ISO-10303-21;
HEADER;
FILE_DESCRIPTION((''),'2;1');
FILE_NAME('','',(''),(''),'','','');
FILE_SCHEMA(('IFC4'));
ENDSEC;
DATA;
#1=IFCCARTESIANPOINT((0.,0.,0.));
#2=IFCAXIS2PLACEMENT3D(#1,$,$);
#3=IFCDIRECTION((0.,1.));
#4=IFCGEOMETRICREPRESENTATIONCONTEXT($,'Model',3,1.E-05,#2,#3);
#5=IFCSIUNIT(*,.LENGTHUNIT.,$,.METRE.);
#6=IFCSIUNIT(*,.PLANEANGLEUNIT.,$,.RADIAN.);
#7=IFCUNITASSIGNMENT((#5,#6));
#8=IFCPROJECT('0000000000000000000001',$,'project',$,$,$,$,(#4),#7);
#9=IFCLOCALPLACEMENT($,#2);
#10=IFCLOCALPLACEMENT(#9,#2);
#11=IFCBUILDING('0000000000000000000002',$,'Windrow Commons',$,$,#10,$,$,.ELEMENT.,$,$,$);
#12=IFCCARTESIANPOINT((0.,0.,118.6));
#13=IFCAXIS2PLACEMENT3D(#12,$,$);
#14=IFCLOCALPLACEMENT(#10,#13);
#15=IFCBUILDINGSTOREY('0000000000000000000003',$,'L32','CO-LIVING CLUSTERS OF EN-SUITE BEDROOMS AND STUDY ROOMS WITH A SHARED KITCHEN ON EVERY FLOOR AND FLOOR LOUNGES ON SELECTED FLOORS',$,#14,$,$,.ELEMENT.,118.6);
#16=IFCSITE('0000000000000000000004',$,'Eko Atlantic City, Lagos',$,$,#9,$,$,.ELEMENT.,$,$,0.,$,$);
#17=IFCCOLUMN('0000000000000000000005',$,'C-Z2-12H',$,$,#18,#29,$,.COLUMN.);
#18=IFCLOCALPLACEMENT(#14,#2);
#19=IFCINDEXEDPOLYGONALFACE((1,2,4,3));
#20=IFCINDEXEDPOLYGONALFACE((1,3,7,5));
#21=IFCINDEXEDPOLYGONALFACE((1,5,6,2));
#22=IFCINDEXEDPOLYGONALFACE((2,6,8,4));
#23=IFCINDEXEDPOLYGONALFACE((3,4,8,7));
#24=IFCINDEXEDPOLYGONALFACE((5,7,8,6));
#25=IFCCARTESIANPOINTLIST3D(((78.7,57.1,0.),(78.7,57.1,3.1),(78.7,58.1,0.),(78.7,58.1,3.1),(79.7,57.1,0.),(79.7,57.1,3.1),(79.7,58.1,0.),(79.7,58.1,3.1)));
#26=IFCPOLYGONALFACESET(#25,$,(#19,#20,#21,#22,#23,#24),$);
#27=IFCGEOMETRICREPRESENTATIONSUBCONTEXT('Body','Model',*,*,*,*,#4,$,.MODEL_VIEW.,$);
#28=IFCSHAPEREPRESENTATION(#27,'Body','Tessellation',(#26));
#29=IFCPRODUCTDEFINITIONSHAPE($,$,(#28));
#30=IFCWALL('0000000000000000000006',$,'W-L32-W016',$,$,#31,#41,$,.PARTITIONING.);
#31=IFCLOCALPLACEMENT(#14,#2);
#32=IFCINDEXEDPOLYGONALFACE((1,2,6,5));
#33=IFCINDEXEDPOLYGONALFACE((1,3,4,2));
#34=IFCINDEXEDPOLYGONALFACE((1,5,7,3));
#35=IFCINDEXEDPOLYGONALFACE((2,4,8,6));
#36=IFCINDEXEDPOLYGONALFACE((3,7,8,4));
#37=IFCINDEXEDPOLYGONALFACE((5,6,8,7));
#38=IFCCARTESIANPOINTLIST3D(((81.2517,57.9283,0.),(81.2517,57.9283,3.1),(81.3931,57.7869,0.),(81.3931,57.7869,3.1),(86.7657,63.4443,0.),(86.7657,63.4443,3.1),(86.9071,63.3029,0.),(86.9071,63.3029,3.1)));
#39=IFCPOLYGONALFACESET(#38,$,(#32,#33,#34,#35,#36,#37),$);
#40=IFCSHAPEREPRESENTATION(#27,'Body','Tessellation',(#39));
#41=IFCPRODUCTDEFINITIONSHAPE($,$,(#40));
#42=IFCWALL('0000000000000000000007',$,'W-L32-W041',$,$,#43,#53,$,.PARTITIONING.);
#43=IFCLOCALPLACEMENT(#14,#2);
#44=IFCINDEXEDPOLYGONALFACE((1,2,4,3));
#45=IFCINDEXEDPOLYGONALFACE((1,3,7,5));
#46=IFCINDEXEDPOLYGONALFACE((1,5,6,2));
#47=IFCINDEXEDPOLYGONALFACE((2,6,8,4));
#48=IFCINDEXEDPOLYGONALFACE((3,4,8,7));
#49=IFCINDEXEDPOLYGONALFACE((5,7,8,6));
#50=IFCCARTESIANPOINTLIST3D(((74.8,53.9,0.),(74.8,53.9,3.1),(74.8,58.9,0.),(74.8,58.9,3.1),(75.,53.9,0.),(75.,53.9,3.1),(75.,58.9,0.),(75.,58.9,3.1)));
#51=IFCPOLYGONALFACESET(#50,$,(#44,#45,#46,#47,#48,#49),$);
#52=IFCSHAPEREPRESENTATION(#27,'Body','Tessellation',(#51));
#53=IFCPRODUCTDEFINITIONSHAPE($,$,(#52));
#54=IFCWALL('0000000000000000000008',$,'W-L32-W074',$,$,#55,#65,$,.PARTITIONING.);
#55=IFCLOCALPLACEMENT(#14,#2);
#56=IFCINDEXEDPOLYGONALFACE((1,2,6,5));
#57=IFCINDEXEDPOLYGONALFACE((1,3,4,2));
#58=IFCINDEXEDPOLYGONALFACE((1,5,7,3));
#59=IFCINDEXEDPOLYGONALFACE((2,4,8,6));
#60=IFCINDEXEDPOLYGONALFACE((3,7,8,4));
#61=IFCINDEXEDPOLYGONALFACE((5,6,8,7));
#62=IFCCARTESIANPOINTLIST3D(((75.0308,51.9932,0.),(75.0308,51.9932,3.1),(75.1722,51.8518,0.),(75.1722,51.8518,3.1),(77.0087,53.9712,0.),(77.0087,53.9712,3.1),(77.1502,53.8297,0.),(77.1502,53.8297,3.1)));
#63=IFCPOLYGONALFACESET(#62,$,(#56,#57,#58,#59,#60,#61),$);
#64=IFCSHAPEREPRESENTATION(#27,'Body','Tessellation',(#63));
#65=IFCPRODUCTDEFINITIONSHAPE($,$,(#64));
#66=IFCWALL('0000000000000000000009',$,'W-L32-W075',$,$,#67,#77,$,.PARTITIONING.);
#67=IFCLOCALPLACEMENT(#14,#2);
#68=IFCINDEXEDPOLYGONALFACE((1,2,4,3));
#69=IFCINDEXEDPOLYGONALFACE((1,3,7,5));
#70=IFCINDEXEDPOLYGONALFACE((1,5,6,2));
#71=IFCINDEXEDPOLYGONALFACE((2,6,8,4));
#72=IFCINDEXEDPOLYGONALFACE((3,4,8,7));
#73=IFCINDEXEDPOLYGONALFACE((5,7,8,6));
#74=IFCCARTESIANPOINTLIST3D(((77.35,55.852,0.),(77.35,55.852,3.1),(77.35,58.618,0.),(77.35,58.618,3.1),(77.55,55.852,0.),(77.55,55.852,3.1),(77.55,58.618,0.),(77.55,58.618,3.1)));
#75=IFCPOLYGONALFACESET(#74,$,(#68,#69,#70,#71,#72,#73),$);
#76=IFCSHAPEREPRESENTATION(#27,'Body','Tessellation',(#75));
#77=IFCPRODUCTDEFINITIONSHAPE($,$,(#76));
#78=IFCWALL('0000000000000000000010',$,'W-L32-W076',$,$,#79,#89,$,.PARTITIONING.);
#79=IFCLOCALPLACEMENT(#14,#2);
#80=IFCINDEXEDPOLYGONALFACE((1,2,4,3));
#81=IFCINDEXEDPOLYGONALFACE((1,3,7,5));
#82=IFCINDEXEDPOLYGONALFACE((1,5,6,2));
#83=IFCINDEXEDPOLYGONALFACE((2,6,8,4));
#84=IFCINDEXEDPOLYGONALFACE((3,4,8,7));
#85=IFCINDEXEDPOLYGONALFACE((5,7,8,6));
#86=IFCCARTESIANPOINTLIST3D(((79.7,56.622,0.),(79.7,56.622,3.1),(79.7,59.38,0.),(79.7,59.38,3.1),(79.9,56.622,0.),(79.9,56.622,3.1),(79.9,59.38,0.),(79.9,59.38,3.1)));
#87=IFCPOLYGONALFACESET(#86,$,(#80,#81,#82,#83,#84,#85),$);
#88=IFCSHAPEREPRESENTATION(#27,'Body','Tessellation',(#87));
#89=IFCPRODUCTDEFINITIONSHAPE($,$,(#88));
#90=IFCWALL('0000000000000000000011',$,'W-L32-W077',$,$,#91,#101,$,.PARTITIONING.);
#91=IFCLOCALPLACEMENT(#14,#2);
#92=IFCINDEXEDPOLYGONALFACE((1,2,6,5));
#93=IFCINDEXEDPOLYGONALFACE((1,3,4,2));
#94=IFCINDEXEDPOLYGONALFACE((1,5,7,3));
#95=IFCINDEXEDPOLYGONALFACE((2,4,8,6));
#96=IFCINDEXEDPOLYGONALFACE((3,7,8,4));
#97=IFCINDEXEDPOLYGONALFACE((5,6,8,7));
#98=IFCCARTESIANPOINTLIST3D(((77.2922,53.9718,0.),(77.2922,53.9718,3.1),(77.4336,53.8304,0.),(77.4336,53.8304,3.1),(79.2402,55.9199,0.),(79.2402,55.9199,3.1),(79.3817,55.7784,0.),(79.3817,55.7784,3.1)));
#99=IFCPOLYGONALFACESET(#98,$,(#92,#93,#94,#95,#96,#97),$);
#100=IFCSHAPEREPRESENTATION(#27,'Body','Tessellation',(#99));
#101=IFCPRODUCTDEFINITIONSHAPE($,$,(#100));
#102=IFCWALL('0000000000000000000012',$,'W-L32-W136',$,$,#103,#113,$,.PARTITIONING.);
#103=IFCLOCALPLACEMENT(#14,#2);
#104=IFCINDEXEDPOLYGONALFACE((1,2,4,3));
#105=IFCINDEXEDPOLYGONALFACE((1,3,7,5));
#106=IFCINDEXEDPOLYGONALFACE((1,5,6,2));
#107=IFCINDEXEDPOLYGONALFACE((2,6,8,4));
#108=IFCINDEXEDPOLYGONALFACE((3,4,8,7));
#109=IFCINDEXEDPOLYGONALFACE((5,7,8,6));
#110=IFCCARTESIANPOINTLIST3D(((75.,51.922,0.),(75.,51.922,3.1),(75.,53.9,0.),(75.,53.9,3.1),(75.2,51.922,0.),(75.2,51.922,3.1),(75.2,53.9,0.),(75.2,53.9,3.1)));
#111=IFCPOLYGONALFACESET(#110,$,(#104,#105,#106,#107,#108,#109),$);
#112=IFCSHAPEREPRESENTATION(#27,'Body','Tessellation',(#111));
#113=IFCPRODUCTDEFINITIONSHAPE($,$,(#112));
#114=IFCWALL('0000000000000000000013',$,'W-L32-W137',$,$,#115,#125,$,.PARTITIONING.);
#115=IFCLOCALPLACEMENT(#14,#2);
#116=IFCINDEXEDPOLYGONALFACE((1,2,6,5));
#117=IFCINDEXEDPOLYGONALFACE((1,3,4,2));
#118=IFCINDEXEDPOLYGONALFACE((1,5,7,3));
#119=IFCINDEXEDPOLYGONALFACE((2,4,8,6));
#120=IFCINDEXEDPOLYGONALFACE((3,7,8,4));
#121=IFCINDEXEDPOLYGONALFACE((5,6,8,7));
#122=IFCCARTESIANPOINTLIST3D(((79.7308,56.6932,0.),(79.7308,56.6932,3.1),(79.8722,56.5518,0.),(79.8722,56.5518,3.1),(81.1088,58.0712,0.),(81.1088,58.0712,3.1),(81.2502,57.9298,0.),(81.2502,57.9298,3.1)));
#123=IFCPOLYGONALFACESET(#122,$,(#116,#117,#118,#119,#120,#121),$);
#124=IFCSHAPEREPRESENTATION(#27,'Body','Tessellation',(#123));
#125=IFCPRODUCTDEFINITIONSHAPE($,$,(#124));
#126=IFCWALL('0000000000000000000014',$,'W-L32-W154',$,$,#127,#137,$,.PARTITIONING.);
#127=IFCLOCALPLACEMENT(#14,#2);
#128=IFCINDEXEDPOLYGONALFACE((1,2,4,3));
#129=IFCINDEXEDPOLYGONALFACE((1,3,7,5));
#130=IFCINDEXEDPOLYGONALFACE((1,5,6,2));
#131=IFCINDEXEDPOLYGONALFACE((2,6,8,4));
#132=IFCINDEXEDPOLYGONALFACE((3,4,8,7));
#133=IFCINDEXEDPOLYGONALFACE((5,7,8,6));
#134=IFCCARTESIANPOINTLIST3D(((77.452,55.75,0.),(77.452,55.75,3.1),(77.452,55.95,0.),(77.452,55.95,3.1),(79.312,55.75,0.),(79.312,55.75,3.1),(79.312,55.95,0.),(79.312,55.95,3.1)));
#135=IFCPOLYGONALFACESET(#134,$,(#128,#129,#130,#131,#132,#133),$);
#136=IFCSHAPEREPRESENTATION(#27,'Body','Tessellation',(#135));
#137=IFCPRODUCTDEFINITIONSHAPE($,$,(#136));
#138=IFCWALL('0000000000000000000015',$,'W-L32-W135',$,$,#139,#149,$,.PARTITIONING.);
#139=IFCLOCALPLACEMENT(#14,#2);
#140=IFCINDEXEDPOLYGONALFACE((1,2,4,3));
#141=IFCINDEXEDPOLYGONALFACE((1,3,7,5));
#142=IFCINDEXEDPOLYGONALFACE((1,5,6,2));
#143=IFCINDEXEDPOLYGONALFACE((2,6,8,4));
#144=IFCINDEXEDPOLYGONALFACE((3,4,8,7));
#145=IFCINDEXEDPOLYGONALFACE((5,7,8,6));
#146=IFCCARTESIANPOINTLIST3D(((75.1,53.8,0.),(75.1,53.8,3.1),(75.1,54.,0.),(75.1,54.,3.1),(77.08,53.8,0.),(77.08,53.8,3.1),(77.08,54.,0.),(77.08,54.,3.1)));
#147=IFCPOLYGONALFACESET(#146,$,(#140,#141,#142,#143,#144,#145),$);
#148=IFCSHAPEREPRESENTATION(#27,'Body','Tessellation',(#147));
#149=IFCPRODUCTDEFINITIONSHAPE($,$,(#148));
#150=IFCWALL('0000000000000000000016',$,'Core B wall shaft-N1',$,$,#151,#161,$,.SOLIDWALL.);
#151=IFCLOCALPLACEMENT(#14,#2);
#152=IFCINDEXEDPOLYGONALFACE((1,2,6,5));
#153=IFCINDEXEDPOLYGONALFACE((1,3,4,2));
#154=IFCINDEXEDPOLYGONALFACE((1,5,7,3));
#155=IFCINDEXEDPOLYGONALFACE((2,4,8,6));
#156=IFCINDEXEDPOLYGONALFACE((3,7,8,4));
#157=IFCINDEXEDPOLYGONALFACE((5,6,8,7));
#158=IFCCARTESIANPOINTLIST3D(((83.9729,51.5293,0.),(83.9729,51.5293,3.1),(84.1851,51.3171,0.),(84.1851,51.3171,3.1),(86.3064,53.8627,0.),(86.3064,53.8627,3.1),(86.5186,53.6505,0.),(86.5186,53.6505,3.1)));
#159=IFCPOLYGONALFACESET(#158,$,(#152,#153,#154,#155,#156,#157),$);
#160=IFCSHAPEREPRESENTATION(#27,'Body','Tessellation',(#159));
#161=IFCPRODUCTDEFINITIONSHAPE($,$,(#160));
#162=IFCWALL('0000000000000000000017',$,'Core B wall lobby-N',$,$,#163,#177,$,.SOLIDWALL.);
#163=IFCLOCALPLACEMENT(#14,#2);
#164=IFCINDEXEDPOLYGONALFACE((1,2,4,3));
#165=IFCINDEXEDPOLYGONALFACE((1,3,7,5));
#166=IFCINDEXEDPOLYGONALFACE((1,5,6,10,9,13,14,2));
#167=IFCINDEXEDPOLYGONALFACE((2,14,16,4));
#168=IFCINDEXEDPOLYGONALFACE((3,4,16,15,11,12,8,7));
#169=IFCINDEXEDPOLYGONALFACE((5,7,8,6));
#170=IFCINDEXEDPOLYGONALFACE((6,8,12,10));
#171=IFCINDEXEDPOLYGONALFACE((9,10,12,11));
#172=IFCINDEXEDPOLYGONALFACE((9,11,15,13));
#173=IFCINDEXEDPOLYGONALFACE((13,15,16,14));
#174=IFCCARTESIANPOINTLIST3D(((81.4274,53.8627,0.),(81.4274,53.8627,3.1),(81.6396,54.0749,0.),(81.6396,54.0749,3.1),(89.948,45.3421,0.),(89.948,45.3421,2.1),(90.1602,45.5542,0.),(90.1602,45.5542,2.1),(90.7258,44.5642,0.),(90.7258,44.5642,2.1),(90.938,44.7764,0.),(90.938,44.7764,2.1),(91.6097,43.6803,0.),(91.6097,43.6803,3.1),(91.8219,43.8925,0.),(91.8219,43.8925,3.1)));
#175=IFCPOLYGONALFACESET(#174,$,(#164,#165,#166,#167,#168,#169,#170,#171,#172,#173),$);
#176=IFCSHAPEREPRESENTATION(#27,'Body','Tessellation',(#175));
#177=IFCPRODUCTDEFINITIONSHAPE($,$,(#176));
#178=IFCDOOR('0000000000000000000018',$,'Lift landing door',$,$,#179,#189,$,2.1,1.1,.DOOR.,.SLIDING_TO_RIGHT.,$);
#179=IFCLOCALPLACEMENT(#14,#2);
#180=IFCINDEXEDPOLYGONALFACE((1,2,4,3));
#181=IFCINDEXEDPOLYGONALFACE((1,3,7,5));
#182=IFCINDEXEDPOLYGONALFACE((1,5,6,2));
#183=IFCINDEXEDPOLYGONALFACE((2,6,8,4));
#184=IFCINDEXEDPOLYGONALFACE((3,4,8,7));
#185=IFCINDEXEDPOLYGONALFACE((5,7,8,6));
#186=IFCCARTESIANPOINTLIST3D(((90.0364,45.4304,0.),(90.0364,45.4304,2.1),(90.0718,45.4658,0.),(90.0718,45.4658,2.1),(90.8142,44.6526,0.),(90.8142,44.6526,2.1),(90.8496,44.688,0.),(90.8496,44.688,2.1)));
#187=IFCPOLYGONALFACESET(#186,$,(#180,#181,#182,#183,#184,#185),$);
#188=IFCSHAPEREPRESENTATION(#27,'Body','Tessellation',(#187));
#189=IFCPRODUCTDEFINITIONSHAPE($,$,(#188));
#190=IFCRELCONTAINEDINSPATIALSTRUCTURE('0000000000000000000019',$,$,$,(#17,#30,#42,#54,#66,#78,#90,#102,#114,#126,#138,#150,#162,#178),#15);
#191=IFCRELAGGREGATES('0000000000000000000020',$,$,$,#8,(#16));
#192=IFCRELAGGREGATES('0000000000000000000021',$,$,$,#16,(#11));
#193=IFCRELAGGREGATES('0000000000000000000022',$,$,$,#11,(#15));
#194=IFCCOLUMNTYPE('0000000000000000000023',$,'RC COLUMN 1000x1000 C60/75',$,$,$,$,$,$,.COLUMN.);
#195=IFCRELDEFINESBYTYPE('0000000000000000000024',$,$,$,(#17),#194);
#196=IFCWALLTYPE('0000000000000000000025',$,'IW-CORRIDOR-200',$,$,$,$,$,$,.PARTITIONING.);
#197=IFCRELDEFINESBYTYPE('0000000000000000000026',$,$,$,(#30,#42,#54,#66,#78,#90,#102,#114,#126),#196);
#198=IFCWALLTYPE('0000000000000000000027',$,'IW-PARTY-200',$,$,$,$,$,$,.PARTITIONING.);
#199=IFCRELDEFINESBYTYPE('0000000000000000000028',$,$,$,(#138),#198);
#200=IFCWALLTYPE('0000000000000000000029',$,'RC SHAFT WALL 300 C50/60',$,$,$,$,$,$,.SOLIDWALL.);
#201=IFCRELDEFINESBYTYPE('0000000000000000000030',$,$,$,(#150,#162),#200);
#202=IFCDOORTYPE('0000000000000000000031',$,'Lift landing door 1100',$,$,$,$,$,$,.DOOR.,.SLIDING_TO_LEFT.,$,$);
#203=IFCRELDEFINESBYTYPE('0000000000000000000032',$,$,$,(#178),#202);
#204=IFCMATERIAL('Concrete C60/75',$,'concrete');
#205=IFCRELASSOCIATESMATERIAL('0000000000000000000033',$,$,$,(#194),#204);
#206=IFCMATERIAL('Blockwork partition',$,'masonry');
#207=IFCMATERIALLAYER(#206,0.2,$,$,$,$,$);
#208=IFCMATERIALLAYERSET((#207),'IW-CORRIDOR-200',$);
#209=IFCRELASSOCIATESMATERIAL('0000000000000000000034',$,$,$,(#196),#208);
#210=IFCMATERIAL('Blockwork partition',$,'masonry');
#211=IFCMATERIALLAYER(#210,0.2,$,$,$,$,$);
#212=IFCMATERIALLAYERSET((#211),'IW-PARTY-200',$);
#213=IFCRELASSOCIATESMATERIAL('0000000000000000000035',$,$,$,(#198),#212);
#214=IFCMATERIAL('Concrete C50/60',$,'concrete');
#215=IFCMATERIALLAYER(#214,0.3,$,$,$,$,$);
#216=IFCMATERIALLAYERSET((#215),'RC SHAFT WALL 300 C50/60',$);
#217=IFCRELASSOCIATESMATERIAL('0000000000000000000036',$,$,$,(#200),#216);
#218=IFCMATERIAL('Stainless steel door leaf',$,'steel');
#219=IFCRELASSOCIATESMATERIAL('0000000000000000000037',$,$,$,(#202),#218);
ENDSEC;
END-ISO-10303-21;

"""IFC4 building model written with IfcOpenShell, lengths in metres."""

from ifc_helpers import new_model, si_unit, direction, frame, frame_2d, origin, origin_2d, place, context, subcontext, project, spatial, rectangle, extrude, material, layer, layer_set, material_profile, profile_set, type_object, element, fill, save


model = new_model("IFC4")

# Units and contexts
model_context = context("Model", 3, precision=1e-05, world=origin(), true_north=direction((0.0, 1.0)))
body_context = subcontext(model_context, "Body", "Model", "MODEL_VIEW")
ifc_project = project(units=[si_unit("LENGTHUNIT", "METRE"), si_unit("PLANEANGLEUNIT", "RADIAN")], contexts=[model_context])

# Site, building, storey
site_placement = place(None, origin())
site = spatial("IfcSite", under=ifc_project, at=site_placement, Name="Eko Atlantic City, Lagos", CompositionType="ELEMENT", RefElevation=0.0)
building_placement = place(site_placement, origin())
building = spatial("IfcBuilding", under=site, at=building_placement, Name="Windrow Commons", CompositionType="ELEMENT")
storey_placement = place(building_placement, frame((0.0, 0.0, 118.6)))
storey = spatial("IfcBuildingStorey", under=building, at=storey_placement, Name="L32", Description="CO-LIVING CLUSTERS OF EN-SUITE BEDROOMS AND STUDY ROOMS WITH A SHARED KITCHEN ON EVERY FLOOR AND FLOOR LOUNGES ON SELECTED FLOORS", CompositionType="ELEMENT", Elevation=118.6)

# Column
ifc_material_1 = material(Name="Concrete C60/75", Category="concrete")
ifc_material_profile = material_profile(ifc_material_1, rectangle(XDim=1.0, YDim=1.0, at=origin_2d()))
ifc_profile_set = profile_set([ifc_material_profile], Name="Concrete C60/75")
column_type = type_object("IfcColumnType", Name="RC COLUMN 1000x1000 C60/75", PredefinedType="COLUMN", material=ifc_profile_set)
column_placement = place(storey_placement, frame((79.2, 57.6, 0.0), z_axis=(0.0, 0.0, 1.0), x_axis=(1.0, 0.0, 0.0)))
element("IfcColumn", 1, at=column_placement, inside=storey, type_object=column_type, Name="C-Z2-12H", PredefinedType="COLUMN", context=body_context, shape_type="SweptSolid", body=[
    extrude(rectangle(XDim=1.0, YDim=1.0, at=origin_2d()), origin(), (0.0, 0.0, 1.0), 3.1),
])

# Walls
ifc_material_2 = material(Name="Blockwork partition", Category="masonry")
ifc_layer_1 = layer(ifc_material_2, 0.2)
ifc_layer_set_1 = layer_set([ifc_layer_1], Name="IW-CORRIDOR-200")
wall_type_1 = type_object("IfcWallType", Name="IW-CORRIDOR-200", PredefinedType="PARTITIONING", material=ifc_layer_set_1)
wall_1_placement = place(storey_placement, frame((81.3224, 57.8576, 0.0), z_axis=(0.0, 0.0, 1.0), x_axis=(0.706979, 0.707235, 0.0)))
element("IfcWall", 2, at=wall_1_placement, inside=storey, type_object=wall_type_1, Name="W-L32-W016", PredefinedType="PARTITIONING", context=body_context, shape_type="SweptSolid", body=[
    extrude(rectangle(XDim=7.7994, YDim=0.2, at=frame_2d((3.8997, 0.0))), origin(), (0.0, 0.0, 1.0), 3.1),
])
wall_2_placement = place(storey_placement, frame((74.9, 53.9, 0.0), z_axis=(0.0, 0.0, 1.0), x_axis=(0.0, 1.0, 0.0)))
element("IfcWall", 3, at=wall_2_placement, inside=storey, type_object=wall_type_1, Name="W-L32-W041", PredefinedType="PARTITIONING", context=body_context, shape_type="SweptSolid", body=[
    extrude(rectangle(XDim=5.0, YDim=0.2, at=frame_2d((2.5, 0.0))), origin(), (0.0, 0.0, 1.0), 3.1),
])
wall_3_placement = place(storey_placement, frame((75.1015, 51.9225, 0.0), z_axis=(0.0, 0.0, 1.0), x_axis=(0.707107, 0.707107, 0.0)))
element("IfcWall", 4, at=wall_3_placement, inside=storey, type_object=wall_type_1, Name="W-L32-W074", PredefinedType="PARTITIONING", context=body_context, shape_type="SweptSolid", body=[
    extrude(rectangle(XDim=2.7973, YDim=0.2, at=frame_2d((1.3986, 0.0))), origin(), (0.0, 0.0, 1.0), 3.1),
])
wall_4_placement = place(storey_placement, frame((77.45, 55.852, 0.0), z_axis=(0.0, 0.0, 1.0), x_axis=(0.0, 1.0, 0.0)))
element("IfcWall", 5, at=wall_4_placement, inside=storey, type_object=wall_type_1, Name="W-L32-W075", PredefinedType="PARTITIONING", context=body_context, shape_type="SweptSolid", body=[
    extrude(rectangle(XDim=2.766, YDim=0.2, at=frame_2d((1.383, 0.0))), origin(), (0.0, 0.0, 1.0), 3.1),
])
wall_5_placement = place(storey_placement, frame((79.8, 56.622, 0.0), z_axis=(0.0, 0.0, 1.0), x_axis=(0.0, 1.0, 0.0)))
element("IfcWall", 6, at=wall_5_placement, inside=storey, type_object=wall_type_1, Name="W-L32-W076", PredefinedType="PARTITIONING", context=body_context, shape_type="SweptSolid", body=[
    extrude(rectangle(XDim=2.758, YDim=0.2, at=frame_2d((1.379, 0.0))), origin(), (0.0, 0.0, 1.0), 3.1),
])
wall_6_placement = place(storey_placement, frame((77.3629, 53.9011, 0.0), z_axis=(0.0, 0.0, 1.0), x_axis=(0.707107, 0.707107, 0.0)))
element("IfcWall", 7, at=wall_6_placement, inside=storey, type_object=wall_type_1, Name="W-L32-W077", PredefinedType="PARTITIONING", context=body_context, shape_type="SweptSolid", body=[
    extrude(rectangle(XDim=2.7549, YDim=0.2, at=frame_2d((1.3775, 0.0))), origin(), (0.0, 0.0, 1.0), 3.1),
])
wall_7_placement = place(storey_placement, frame((75.1, 51.922, 0.0), z_axis=(0.0, 0.0, 1.0), x_axis=(0.0, 1.0, 0.0)))
element("IfcWall", 8, at=wall_7_placement, inside=storey, type_object=wall_type_1, Name="W-L32-W136", PredefinedType="PARTITIONING", context=body_context, shape_type="SweptSolid", body=[
    extrude(rectangle(XDim=1.978, YDim=0.2, at=frame_2d((0.989, 0.0))), origin(), (0.0, 0.0, 1.0), 3.1),
])
wall_8_placement = place(storey_placement, frame((79.8015, 56.6225, 0.0), z_axis=(0.0, 0.0, 1.0), x_axis=(0.707107, 0.707107, 0.0)))
element("IfcWall", 9, at=wall_8_placement, inside=storey, type_object=wall_type_1, Name="W-L32-W137", PredefinedType="PARTITIONING", context=body_context, shape_type="SweptSolid", body=[
    extrude(rectangle(XDim=1.9488, YDim=0.2, at=frame_2d((0.9744, 0.0))), origin(), (0.0, 0.0, 1.0), 3.1),
])
wall_9_placement = place(storey_placement, frame((77.452, 55.85, 0.0), z_axis=(0.0, 0.0, 1.0), x_axis=(1.0, 0.0, 0.0)))
element("IfcWall", 10, at=wall_9_placement, inside=storey, type_object=wall_type_1, Name="W-L32-W154", PredefinedType="PARTITIONING", context=body_context, shape_type="SweptSolid", body=[
    extrude(rectangle(XDim=1.86, YDim=0.2, at=frame_2d((0.93, 0.0))), origin(), (0.0, 0.0, 1.0), 3.1),
])
ifc_material_3 = material(Name="Blockwork partition", Category="masonry")
ifc_layer_2 = layer(ifc_material_3, 0.2)
ifc_layer_set_2 = layer_set([ifc_layer_2], Name="IW-PARTY-200")
wall_type_2 = type_object("IfcWallType", Name="IW-PARTY-200", PredefinedType="PARTITIONING", material=ifc_layer_set_2)
wall_10_placement = place(storey_placement, frame((75.1, 53.9, 0.0), z_axis=(0.0, 0.0, 1.0), x_axis=(1.0, 0.0, 0.0)))
element("IfcWall", 11, at=wall_10_placement, inside=storey, type_object=wall_type_2, Name="W-L32-W135", PredefinedType="PARTITIONING", context=body_context, shape_type="SweptSolid", body=[
    extrude(rectangle(XDim=1.98, YDim=0.2, at=frame_2d((0.99, 0.0))), origin(), (0.0, 0.0, 1.0), 3.1),
])
ifc_material_4 = material(Name="Concrete C50/60", Category="concrete")
ifc_layer_3 = layer(ifc_material_4, 0.3)
ifc_layer_set_3 = layer_set([ifc_layer_3], Name="RC SHAFT WALL 300 C50/60")
wall_type_3 = type_object("IfcWallType", Name="RC SHAFT WALL 300 C50/60", PredefinedType="SOLIDWALL", material=ifc_layer_set_3)
wall_11_placement = place(storey_placement, frame((84.079, 51.4232, 0.0), z_axis=(0.0, 0.0, 1.0), x_axis=(0.707122, 0.707092, 0.0)))
element("IfcWall", 12, at=wall_11_placement, inside=storey, type_object=wall_type_3, Name="Core B wall shaft-N1", PredefinedType="SOLIDWALL", context=body_context, shape_type="SweptSolid", body=[
    extrude(rectangle(XDim=3.3, YDim=0.3, at=frame_2d((1.65, 0.0))), origin(), (0.0, 0.0, 1.0), 3.1),
])

# Wall, opening, door
wall_12_placement = place(storey_placement, frame((81.5335, 53.9688, 0.0), z_axis=(0.0, 0.0, 1.0), x_axis=(0.707103, -0.70711, 0.0)))
wall_12 = element("IfcWall", 13, at=wall_12_placement, inside=storey, type_object=wall_type_3, Name="Core B wall lobby-N", PredefinedType="SOLIDWALL", context=body_context, shape_type="SweptSolid", body=[
    extrude(rectangle(XDim=14.4, YDim=0.3, at=frame_2d((7.2, 0.0))), origin(), (0.0, 0.0, 1.0), 3.1),
])
opening_placement = place(wall_12_placement, frame((12.05, 0.0, 0.0)))
opening = element("IfcOpeningElement", 14, at=opening_placement, cuts=wall_12, PredefinedType="OPENING", context=body_context, shape_type="SweptSolid", body=[
    extrude(rectangle(XDim=1.1, YDim=2.1, at=frame_2d((0.55, 1.05))), frame((0.0, 0.16, 0.0), z_axis=(0.0, -1.0, 0.0), x_axis=(1.0, 0.0, 0.0)), (0.0, 0.0, 1.0), 0.32),
])
ifc_material_5 = material(Name="Stainless steel door leaf", Category="steel")
door_type = type_object("IfcDoorType", Name="Lift landing door 1100", OperationType="SLIDING_TO_LEFT", PredefinedType="DOOR", material=ifc_material_5)
door_placement = place(opening_placement, origin())
door = element("IfcDoor", 15, at=door_placement, inside=storey, type_object=door_type, Name="Lift landing door", OperationType="SLIDING_TO_RIGHT", OverallHeight=2.1, OverallWidth=1.1, PredefinedType="DOOR", context=body_context, shape_type="SweptSolid", body=[
    extrude(rectangle(XDim=1.1, YDim=2.1, at=frame_2d((0.55, 1.05))), frame((0.0, 0.025, 0.0), z_axis=(0.0, -1.0, 0.0), x_axis=(1.0, 0.0, 0.0)), (0.0, 0.0, 1.0), 0.05),
])
fill(opening, door)

save(model, "model.ifc")
